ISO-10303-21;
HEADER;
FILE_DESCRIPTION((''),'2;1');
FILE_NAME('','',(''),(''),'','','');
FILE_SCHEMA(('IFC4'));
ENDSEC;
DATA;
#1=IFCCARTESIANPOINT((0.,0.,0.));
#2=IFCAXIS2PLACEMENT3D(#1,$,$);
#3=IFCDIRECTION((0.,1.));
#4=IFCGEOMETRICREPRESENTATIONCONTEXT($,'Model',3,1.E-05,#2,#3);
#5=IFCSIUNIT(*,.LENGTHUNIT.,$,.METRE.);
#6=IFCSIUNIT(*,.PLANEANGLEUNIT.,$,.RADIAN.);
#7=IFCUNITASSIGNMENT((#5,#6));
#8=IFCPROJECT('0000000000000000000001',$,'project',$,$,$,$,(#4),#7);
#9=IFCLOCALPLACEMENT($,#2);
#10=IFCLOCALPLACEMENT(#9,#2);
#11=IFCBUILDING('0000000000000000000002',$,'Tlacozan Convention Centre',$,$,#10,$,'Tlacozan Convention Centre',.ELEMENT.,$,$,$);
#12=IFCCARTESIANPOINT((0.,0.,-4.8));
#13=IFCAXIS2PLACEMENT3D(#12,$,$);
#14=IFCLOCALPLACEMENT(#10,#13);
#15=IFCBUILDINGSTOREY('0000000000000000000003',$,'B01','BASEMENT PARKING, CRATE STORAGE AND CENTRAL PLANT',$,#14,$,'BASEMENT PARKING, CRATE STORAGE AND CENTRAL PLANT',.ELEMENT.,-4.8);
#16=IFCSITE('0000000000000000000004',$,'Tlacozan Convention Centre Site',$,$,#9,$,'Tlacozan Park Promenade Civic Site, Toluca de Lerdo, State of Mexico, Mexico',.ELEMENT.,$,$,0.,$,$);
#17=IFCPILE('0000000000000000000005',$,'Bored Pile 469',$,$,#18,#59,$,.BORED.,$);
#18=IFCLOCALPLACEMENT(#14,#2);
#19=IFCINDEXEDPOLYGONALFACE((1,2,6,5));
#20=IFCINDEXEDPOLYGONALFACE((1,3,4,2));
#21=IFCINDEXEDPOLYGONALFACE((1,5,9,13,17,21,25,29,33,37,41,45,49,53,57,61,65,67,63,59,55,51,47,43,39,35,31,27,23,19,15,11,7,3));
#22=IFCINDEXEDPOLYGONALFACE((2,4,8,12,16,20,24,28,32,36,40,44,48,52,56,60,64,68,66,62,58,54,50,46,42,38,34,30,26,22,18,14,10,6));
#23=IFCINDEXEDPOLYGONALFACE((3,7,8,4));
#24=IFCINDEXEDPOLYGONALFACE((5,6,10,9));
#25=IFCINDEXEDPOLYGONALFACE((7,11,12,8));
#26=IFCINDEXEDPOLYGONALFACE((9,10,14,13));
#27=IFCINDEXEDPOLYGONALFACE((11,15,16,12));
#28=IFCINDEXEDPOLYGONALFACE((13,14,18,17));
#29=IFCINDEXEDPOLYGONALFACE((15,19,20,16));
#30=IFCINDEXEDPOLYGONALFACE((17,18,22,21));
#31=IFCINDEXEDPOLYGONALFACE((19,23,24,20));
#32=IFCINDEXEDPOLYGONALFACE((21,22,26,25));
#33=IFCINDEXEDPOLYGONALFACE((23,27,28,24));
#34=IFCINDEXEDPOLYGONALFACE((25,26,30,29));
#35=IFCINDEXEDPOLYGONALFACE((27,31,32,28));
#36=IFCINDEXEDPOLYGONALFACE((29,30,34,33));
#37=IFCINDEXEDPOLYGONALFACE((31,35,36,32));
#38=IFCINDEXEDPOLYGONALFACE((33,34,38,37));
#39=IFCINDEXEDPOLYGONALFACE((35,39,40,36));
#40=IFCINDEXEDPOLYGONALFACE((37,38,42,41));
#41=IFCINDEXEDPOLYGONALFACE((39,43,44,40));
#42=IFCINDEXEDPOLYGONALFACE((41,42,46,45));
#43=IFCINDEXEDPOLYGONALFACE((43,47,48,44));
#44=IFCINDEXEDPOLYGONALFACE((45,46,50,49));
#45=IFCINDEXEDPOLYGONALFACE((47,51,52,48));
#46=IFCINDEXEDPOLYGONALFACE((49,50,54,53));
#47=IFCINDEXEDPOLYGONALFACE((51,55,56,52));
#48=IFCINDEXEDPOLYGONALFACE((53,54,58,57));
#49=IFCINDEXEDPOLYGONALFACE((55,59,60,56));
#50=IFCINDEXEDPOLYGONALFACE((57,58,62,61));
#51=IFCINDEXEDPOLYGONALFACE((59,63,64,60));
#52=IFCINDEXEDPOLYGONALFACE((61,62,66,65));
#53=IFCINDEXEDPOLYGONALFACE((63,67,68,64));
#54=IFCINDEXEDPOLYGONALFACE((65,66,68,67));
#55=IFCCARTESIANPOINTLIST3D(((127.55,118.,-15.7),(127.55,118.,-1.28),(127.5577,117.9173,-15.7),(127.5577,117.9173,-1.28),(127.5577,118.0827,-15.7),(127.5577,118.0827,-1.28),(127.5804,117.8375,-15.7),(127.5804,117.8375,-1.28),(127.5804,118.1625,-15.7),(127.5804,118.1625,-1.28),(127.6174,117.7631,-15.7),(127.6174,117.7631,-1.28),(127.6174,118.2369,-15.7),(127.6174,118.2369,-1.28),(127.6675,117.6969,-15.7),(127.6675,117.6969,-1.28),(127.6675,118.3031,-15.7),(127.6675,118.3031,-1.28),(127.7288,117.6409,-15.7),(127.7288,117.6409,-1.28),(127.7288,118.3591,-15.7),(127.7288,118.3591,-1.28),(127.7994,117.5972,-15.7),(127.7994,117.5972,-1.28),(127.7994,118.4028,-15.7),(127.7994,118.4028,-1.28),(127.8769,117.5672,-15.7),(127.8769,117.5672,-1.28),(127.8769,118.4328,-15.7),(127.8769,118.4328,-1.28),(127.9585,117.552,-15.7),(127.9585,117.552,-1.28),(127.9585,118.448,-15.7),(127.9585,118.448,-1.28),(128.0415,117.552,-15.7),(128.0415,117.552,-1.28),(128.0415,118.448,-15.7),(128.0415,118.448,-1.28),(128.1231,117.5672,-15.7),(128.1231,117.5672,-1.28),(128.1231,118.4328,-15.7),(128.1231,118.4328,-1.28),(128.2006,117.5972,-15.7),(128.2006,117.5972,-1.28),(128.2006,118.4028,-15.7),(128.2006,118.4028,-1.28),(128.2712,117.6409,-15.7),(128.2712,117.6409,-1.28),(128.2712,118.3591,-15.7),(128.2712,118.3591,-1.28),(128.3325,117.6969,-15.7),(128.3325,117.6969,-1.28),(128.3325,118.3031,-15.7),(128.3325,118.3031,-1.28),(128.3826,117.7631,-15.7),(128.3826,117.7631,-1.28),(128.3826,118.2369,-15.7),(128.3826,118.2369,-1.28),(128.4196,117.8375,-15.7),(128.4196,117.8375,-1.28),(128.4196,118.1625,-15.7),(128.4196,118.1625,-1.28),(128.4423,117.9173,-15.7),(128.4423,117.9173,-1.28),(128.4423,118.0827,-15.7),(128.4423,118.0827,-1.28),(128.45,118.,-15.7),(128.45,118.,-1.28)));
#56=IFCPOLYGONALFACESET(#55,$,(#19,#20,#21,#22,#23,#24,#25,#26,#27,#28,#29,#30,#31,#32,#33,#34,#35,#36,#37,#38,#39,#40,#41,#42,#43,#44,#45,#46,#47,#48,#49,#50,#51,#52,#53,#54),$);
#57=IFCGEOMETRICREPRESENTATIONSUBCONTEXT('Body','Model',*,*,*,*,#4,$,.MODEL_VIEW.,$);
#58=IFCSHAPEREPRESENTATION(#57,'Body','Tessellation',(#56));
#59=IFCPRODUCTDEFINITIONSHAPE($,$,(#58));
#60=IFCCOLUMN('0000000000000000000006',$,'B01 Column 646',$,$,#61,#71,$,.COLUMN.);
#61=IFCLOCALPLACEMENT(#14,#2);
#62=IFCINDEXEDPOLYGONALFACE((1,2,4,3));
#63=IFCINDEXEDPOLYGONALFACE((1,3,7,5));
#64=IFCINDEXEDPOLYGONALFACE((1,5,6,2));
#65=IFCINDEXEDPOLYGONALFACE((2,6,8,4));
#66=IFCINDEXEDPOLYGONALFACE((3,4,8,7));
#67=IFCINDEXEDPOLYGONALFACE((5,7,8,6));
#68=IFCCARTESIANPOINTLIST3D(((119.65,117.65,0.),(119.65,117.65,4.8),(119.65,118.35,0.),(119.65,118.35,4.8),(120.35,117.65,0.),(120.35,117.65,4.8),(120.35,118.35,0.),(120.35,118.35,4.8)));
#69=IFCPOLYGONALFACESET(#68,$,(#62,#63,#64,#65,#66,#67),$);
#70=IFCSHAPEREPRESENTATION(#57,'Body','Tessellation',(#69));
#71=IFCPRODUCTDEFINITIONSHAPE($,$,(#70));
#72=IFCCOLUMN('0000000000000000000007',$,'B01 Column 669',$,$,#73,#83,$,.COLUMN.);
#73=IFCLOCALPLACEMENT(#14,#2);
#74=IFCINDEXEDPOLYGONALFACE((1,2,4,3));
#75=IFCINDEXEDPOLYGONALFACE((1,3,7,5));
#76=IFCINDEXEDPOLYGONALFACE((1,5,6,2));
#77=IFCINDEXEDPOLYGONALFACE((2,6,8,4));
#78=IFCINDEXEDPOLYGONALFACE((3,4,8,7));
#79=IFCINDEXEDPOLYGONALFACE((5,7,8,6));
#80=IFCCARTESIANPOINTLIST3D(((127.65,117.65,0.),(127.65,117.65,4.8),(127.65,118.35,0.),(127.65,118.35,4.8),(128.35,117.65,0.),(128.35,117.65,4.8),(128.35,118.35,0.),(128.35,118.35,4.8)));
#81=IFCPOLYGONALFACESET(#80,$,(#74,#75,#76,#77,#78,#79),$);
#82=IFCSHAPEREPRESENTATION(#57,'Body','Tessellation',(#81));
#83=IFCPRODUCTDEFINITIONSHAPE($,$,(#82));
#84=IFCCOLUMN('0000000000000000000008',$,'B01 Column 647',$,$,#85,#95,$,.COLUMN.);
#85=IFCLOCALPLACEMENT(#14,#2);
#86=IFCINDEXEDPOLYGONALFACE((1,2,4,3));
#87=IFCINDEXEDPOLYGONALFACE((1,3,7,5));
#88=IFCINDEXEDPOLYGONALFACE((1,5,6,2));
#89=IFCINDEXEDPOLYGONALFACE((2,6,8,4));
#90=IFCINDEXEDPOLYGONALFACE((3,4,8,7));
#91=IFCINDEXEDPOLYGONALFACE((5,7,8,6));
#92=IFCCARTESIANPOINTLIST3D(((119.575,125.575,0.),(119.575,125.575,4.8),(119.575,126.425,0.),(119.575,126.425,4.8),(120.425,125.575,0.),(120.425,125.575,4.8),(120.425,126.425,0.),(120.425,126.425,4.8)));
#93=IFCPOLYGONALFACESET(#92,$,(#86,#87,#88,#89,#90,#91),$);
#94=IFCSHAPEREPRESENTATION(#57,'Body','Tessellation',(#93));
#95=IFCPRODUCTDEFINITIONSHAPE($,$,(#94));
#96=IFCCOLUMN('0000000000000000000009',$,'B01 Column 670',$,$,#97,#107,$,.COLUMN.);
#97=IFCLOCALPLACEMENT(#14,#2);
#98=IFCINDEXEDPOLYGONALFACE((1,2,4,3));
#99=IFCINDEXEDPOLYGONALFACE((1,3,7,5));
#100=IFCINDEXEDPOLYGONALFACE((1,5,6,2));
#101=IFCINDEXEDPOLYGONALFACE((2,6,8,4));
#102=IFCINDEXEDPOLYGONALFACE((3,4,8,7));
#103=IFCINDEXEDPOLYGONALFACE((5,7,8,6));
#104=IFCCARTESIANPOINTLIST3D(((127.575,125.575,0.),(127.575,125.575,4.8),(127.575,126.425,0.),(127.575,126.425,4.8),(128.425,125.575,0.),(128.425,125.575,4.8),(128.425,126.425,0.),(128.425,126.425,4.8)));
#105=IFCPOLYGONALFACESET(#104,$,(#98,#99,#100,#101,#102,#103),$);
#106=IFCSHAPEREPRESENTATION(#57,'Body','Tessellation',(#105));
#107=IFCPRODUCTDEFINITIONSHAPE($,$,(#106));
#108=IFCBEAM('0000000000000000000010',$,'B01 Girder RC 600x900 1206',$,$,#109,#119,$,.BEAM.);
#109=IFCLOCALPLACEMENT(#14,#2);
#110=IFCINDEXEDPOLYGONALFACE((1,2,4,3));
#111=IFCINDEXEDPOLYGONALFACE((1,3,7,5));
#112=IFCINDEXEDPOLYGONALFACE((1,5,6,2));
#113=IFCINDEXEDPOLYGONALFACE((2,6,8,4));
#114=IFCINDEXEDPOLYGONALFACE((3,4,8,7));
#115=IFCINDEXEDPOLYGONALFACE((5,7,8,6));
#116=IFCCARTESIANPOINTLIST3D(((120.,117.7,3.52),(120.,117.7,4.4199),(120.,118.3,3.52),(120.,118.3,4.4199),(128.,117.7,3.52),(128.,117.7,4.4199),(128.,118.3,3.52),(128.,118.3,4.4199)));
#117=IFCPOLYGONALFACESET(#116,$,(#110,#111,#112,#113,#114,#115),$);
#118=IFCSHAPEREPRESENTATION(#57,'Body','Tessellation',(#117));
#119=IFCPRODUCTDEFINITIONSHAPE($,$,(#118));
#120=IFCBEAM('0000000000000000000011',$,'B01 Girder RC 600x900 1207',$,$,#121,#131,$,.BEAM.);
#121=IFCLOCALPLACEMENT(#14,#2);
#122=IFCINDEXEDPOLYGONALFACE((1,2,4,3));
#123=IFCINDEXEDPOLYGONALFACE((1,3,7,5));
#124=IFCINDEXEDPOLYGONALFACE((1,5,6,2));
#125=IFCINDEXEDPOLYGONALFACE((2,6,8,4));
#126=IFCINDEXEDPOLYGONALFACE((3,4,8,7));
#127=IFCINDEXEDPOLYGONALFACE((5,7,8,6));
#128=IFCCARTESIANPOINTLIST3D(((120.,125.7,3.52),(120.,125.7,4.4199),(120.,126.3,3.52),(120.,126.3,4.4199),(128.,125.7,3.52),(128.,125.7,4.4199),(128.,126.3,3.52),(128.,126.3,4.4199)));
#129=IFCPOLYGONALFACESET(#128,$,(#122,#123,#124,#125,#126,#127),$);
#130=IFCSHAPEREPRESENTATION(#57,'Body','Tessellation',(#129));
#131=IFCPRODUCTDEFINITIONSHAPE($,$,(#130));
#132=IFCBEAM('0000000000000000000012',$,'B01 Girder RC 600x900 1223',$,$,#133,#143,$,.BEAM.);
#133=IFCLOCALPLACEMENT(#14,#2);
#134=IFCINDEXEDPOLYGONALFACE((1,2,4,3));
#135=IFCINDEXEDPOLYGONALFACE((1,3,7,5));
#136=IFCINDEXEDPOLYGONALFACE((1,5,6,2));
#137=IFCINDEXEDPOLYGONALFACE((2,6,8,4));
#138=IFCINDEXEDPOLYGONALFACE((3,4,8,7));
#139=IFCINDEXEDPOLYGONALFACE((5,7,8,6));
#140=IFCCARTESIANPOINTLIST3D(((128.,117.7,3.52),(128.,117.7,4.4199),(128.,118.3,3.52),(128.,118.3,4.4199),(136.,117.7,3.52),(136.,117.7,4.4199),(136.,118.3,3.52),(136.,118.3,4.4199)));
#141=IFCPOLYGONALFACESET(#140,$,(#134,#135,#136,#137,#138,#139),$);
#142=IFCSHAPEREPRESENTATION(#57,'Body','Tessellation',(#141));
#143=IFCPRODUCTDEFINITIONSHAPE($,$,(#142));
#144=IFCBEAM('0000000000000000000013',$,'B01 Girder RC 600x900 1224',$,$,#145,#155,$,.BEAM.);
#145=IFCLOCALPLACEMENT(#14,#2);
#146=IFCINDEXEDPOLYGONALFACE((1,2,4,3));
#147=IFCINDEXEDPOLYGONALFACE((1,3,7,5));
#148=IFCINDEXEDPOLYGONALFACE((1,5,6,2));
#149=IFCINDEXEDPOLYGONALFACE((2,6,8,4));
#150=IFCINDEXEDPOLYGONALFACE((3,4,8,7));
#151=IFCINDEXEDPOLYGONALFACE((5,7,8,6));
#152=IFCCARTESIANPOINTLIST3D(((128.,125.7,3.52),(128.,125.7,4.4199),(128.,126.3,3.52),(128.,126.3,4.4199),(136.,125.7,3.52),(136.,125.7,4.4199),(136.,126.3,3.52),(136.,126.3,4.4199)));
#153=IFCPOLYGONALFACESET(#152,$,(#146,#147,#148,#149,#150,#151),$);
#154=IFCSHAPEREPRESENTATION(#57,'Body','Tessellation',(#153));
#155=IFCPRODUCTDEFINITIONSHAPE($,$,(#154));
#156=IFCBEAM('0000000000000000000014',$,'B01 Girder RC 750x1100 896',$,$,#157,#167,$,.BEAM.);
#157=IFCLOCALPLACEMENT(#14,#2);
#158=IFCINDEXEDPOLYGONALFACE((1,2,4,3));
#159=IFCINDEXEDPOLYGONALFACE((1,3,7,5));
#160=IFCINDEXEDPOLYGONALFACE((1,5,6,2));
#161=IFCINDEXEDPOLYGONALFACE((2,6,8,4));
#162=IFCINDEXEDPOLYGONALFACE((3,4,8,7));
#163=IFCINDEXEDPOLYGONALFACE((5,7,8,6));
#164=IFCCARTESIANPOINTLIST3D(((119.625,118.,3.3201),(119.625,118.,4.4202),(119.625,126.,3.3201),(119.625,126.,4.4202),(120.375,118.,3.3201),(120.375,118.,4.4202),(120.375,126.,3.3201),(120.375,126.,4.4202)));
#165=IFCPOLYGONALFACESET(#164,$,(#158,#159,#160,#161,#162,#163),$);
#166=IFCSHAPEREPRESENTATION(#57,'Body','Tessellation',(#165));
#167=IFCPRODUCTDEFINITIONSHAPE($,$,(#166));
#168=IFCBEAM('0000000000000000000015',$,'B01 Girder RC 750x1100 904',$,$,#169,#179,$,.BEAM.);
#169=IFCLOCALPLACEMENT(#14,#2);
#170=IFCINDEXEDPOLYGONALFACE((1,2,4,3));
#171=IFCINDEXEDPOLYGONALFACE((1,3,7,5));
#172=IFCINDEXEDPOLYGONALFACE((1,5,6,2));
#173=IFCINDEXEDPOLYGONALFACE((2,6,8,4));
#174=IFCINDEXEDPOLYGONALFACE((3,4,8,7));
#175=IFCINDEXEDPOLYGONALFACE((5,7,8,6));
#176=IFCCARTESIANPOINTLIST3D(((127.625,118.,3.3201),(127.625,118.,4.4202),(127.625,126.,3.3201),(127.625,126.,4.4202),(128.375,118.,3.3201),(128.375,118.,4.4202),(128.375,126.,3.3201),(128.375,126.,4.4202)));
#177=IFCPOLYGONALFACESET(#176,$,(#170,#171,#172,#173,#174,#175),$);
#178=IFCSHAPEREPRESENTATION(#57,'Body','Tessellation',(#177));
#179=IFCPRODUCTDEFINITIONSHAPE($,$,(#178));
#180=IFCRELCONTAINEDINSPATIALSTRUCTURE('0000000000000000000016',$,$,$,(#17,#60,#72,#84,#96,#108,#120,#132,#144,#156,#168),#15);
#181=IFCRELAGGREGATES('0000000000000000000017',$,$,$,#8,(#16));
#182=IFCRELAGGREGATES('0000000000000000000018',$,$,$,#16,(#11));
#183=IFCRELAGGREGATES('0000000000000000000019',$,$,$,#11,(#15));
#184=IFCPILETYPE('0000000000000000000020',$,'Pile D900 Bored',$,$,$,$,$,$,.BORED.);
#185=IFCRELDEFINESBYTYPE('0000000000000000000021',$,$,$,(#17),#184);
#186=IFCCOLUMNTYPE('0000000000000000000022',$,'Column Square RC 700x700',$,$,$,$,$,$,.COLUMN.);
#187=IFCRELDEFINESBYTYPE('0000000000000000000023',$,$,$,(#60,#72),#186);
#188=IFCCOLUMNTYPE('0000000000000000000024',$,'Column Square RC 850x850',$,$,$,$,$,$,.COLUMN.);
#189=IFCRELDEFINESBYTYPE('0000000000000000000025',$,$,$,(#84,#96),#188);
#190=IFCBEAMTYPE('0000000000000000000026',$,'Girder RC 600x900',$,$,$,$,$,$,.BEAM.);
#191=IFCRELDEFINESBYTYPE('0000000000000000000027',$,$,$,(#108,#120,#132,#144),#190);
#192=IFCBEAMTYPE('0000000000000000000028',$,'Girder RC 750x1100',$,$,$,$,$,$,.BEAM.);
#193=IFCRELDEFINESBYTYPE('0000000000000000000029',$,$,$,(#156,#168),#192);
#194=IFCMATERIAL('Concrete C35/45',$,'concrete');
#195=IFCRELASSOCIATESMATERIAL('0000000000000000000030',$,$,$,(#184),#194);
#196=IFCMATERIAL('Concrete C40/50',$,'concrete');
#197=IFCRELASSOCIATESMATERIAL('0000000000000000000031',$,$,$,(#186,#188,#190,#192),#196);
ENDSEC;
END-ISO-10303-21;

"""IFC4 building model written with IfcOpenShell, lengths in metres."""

from ifc_helpers import new_model, si_unit, direction, frame, origin, origin_2d, place, context, subcontext, project, spatial, rectangle, circle, extrude, material, material_profile, profile_set, type_object, element, save


model = new_model("IFC4")

# Units and contexts
model_context = context("Model", 3, precision=1e-05, world=origin(), true_north=direction((0.0, 1.0)))
body_context = subcontext(model_context, "Body", "Model", "MODEL_VIEW")
ifc_project = project(units=[si_unit("LENGTHUNIT", "METRE"), si_unit("PLANEANGLEUNIT", "RADIAN")], contexts=[model_context])

# Site, building, storey
site_placement = place(None, origin())
site = spatial("IfcSite", under=ifc_project, at=site_placement, Name="Tlacozan Convention Centre Site", LongName="Tlacozan Park Promenade Civic Site, Toluca de Lerdo, State of Mexico, Mexico", CompositionType="ELEMENT", RefElevation=0.0)
building_placement = place(site_placement, origin())
building = spatial("IfcBuilding", under=site, at=building_placement, Name="Tlacozan Convention Centre", LongName="Tlacozan Convention Centre", CompositionType="ELEMENT")
storey_placement = place(building_placement, frame((0.0, 0.0, -4.8)))
storey = spatial("IfcBuildingStorey", under=building, at=storey_placement, Name="B01", Description="BASEMENT PARKING, CRATE STORAGE AND CENTRAL PLANT", LongName="BASEMENT PARKING, CRATE STORAGE AND CENTRAL PLANT", CompositionType="ELEMENT", Elevation=-4.8)

# Shared definitions
ifc_material_1 = material(Name="Concrete C35/45", Category="concrete")

# Pile
ifc_material_profile_1 = material_profile(ifc_material_1, circle(Radius=0.45, at=origin_2d()), Name="PILE D900")
ifc_profile_set_1 = profile_set([ifc_material_profile_1], Name="Concrete C35/45")
pile_type_1 = type_object("IfcPileType", Name="Pile D900 Bored", PredefinedType="BORED", material=ifc_profile_set_1)
pile_1_placement = place(storey_placement, frame((128.0, 118.0, -1.28), z_axis=(0.0, 0.0, -1.0), x_axis=(1.0, 0.0, 0.0)))
element("IfcPile", 1, at=pile_1_placement, inside=storey, type_object=pile_type_1, Name="Bored Pile 469", PredefinedType="BORED", context=body_context, shape_type="SweptSolid", body=[
    extrude(circle(Radius=0.45, at=origin_2d()), origin(), (0.0, 0.0, 1.0), 14.4199),
])

# Columns
ifc_material_2 = material(Name="Concrete C40/50", Category="concrete")
ifc_material_profile_2 = material_profile(ifc_material_2, rectangle(XDim=0.7, YDim=0.7, at=origin_2d()), Name="RC 700x700")
ifc_profile_set_2 = profile_set([ifc_material_profile_2], Name="Concrete C40/50")
column_type_1 = type_object("IfcColumnType", Name="Column Square RC 700x700", PredefinedType="COLUMN", material=ifc_profile_set_2)
for number, where, z_axis, x_axis, name in (
    (2, (120.0, 118.0, 0.0), (0.0, 0.0, 1.0), (1.0, 0.0, 0.0), "B01 Column 646"),
    (3, (128.0, 118.0, 0.0), (0.0, 0.0, 1.0), (1.0, 0.0, 0.0), "B01 Column 669"),
):
    element("IfcColumn", number, at=place(storey_placement, frame(where, z_axis=z_axis, x_axis=x_axis)), inside=storey, type_object=column_type_1, Name=name, PredefinedType="COLUMN", context=body_context, shape_type="SweptSolid", body=[
        extrude(rectangle(XDim=0.7, YDim=0.7, at=origin_2d()), origin(), (0.0, 0.0, 1.0), 4.8),
    ])
ifc_material_profile_3 = material_profile(ifc_material_2, rectangle(XDim=0.8501, YDim=0.8501, at=origin_2d()), Name="RC 850x850")
ifc_profile_set_3 = profile_set([ifc_material_profile_3], Name="Concrete C40/50")
column_type_2 = type_object("IfcColumnType", Name="Column Square RC 850x850", PredefinedType="COLUMN", material=ifc_profile_set_3)
for number, where, z_axis, x_axis, name in (
    (4, (120.0, 126.0, 0.0), (0.0, 0.0, 1.0), (1.0, 0.0, 0.0), "B01 Column 647"),
    (5, (128.0, 126.0, 0.0), (0.0, 0.0, 1.0), (1.0, 0.0, 0.0), "B01 Column 670"),
):
    element("IfcColumn", number, at=place(storey_placement, frame(where, z_axis=z_axis, x_axis=x_axis)), inside=storey, type_object=column_type_2, Name=name, PredefinedType="COLUMN", context=body_context, shape_type="SweptSolid", body=[
        extrude(rectangle(XDim=0.8501, YDim=0.8501, at=origin_2d()), origin(), (0.0, 0.0, 1.0), 4.8),
    ])

# Beams
ifc_material_profile_4 = material_profile(ifc_material_2, rectangle(XDim=0.6001, YDim=0.8999, at=origin_2d()), Name="RC 600x900")
ifc_profile_set_4 = profile_set([ifc_material_profile_4], Name="Concrete C40/50")
beam_type_1 = type_object("IfcBeamType", Name="Girder RC 600x900", PredefinedType="BEAM", material=ifc_profile_set_4)
for number, where, z_axis, x_axis, name in (
    (6, (120.0, 118.0, 3.97), (1.0, 0.0, 0.0), (0.0, 1.0, 0.0), "B01 Girder RC 600x900 1206"),
    (7, (120.0, 126.0, 3.97), (1.0, 0.0, 0.0), (0.0, 1.0, 0.0), "B01 Girder RC 600x900 1207"),
    (8, (128.0, 118.0, 3.97), (1.0, 0.0, 0.0), (0.0, 1.0, 0.0), "B01 Girder RC 600x900 1223"),
    (9, (128.0, 126.0, 3.97), (1.0, 0.0, 0.0), (0.0, 1.0, 0.0), "B01 Girder RC 600x900 1224"),
):
    element("IfcBeam", number, at=place(storey_placement, frame(where, z_axis=z_axis, x_axis=x_axis)), inside=storey, type_object=beam_type_1, Name=name, PredefinedType="BEAM", context=body_context, shape_type="SweptSolid", body=[
        extrude(rectangle(XDim=0.6001, YDim=0.8999, at=origin_2d()), origin(), (0.0, 0.0, 1.0), 8.0),
    ])
ifc_material_profile_5 = material_profile(ifc_material_2, rectangle(XDim=0.75, YDim=1.1001, at=origin_2d()), Name="RC 750x1100")
ifc_profile_set_5 = profile_set([ifc_material_profile_5], Name="Concrete C40/50")
beam_type_2 = type_object("IfcBeamType", Name="Girder RC 750x1100", PredefinedType="BEAM", material=ifc_profile_set_5)
for number, where, z_axis, x_axis, name in (
    (10, (120.0, 118.0, 3.8701), (0.0, 1.0, 0.0), (-1.0, 0.0, 0.0), "B01 Girder RC 750x1100 896"),
    (11, (128.0, 118.0, 3.8701), (0.0, 1.0, 0.0), (-1.0, 0.0, 0.0), "B01 Girder RC 750x1100 904"),
):
    element("IfcBeam", number, at=place(storey_placement, frame(where, z_axis=z_axis, x_axis=x_axis)), inside=storey, type_object=beam_type_2, Name=name, PredefinedType="BEAM", context=body_context, shape_type="SweptSolid", body=[
        extrude(rectangle(XDim=0.75, YDim=1.1001, at=origin_2d()), origin(), (0.0, 0.0, 1.0), 8.0),
    ])

save(model, "model.ifc")
